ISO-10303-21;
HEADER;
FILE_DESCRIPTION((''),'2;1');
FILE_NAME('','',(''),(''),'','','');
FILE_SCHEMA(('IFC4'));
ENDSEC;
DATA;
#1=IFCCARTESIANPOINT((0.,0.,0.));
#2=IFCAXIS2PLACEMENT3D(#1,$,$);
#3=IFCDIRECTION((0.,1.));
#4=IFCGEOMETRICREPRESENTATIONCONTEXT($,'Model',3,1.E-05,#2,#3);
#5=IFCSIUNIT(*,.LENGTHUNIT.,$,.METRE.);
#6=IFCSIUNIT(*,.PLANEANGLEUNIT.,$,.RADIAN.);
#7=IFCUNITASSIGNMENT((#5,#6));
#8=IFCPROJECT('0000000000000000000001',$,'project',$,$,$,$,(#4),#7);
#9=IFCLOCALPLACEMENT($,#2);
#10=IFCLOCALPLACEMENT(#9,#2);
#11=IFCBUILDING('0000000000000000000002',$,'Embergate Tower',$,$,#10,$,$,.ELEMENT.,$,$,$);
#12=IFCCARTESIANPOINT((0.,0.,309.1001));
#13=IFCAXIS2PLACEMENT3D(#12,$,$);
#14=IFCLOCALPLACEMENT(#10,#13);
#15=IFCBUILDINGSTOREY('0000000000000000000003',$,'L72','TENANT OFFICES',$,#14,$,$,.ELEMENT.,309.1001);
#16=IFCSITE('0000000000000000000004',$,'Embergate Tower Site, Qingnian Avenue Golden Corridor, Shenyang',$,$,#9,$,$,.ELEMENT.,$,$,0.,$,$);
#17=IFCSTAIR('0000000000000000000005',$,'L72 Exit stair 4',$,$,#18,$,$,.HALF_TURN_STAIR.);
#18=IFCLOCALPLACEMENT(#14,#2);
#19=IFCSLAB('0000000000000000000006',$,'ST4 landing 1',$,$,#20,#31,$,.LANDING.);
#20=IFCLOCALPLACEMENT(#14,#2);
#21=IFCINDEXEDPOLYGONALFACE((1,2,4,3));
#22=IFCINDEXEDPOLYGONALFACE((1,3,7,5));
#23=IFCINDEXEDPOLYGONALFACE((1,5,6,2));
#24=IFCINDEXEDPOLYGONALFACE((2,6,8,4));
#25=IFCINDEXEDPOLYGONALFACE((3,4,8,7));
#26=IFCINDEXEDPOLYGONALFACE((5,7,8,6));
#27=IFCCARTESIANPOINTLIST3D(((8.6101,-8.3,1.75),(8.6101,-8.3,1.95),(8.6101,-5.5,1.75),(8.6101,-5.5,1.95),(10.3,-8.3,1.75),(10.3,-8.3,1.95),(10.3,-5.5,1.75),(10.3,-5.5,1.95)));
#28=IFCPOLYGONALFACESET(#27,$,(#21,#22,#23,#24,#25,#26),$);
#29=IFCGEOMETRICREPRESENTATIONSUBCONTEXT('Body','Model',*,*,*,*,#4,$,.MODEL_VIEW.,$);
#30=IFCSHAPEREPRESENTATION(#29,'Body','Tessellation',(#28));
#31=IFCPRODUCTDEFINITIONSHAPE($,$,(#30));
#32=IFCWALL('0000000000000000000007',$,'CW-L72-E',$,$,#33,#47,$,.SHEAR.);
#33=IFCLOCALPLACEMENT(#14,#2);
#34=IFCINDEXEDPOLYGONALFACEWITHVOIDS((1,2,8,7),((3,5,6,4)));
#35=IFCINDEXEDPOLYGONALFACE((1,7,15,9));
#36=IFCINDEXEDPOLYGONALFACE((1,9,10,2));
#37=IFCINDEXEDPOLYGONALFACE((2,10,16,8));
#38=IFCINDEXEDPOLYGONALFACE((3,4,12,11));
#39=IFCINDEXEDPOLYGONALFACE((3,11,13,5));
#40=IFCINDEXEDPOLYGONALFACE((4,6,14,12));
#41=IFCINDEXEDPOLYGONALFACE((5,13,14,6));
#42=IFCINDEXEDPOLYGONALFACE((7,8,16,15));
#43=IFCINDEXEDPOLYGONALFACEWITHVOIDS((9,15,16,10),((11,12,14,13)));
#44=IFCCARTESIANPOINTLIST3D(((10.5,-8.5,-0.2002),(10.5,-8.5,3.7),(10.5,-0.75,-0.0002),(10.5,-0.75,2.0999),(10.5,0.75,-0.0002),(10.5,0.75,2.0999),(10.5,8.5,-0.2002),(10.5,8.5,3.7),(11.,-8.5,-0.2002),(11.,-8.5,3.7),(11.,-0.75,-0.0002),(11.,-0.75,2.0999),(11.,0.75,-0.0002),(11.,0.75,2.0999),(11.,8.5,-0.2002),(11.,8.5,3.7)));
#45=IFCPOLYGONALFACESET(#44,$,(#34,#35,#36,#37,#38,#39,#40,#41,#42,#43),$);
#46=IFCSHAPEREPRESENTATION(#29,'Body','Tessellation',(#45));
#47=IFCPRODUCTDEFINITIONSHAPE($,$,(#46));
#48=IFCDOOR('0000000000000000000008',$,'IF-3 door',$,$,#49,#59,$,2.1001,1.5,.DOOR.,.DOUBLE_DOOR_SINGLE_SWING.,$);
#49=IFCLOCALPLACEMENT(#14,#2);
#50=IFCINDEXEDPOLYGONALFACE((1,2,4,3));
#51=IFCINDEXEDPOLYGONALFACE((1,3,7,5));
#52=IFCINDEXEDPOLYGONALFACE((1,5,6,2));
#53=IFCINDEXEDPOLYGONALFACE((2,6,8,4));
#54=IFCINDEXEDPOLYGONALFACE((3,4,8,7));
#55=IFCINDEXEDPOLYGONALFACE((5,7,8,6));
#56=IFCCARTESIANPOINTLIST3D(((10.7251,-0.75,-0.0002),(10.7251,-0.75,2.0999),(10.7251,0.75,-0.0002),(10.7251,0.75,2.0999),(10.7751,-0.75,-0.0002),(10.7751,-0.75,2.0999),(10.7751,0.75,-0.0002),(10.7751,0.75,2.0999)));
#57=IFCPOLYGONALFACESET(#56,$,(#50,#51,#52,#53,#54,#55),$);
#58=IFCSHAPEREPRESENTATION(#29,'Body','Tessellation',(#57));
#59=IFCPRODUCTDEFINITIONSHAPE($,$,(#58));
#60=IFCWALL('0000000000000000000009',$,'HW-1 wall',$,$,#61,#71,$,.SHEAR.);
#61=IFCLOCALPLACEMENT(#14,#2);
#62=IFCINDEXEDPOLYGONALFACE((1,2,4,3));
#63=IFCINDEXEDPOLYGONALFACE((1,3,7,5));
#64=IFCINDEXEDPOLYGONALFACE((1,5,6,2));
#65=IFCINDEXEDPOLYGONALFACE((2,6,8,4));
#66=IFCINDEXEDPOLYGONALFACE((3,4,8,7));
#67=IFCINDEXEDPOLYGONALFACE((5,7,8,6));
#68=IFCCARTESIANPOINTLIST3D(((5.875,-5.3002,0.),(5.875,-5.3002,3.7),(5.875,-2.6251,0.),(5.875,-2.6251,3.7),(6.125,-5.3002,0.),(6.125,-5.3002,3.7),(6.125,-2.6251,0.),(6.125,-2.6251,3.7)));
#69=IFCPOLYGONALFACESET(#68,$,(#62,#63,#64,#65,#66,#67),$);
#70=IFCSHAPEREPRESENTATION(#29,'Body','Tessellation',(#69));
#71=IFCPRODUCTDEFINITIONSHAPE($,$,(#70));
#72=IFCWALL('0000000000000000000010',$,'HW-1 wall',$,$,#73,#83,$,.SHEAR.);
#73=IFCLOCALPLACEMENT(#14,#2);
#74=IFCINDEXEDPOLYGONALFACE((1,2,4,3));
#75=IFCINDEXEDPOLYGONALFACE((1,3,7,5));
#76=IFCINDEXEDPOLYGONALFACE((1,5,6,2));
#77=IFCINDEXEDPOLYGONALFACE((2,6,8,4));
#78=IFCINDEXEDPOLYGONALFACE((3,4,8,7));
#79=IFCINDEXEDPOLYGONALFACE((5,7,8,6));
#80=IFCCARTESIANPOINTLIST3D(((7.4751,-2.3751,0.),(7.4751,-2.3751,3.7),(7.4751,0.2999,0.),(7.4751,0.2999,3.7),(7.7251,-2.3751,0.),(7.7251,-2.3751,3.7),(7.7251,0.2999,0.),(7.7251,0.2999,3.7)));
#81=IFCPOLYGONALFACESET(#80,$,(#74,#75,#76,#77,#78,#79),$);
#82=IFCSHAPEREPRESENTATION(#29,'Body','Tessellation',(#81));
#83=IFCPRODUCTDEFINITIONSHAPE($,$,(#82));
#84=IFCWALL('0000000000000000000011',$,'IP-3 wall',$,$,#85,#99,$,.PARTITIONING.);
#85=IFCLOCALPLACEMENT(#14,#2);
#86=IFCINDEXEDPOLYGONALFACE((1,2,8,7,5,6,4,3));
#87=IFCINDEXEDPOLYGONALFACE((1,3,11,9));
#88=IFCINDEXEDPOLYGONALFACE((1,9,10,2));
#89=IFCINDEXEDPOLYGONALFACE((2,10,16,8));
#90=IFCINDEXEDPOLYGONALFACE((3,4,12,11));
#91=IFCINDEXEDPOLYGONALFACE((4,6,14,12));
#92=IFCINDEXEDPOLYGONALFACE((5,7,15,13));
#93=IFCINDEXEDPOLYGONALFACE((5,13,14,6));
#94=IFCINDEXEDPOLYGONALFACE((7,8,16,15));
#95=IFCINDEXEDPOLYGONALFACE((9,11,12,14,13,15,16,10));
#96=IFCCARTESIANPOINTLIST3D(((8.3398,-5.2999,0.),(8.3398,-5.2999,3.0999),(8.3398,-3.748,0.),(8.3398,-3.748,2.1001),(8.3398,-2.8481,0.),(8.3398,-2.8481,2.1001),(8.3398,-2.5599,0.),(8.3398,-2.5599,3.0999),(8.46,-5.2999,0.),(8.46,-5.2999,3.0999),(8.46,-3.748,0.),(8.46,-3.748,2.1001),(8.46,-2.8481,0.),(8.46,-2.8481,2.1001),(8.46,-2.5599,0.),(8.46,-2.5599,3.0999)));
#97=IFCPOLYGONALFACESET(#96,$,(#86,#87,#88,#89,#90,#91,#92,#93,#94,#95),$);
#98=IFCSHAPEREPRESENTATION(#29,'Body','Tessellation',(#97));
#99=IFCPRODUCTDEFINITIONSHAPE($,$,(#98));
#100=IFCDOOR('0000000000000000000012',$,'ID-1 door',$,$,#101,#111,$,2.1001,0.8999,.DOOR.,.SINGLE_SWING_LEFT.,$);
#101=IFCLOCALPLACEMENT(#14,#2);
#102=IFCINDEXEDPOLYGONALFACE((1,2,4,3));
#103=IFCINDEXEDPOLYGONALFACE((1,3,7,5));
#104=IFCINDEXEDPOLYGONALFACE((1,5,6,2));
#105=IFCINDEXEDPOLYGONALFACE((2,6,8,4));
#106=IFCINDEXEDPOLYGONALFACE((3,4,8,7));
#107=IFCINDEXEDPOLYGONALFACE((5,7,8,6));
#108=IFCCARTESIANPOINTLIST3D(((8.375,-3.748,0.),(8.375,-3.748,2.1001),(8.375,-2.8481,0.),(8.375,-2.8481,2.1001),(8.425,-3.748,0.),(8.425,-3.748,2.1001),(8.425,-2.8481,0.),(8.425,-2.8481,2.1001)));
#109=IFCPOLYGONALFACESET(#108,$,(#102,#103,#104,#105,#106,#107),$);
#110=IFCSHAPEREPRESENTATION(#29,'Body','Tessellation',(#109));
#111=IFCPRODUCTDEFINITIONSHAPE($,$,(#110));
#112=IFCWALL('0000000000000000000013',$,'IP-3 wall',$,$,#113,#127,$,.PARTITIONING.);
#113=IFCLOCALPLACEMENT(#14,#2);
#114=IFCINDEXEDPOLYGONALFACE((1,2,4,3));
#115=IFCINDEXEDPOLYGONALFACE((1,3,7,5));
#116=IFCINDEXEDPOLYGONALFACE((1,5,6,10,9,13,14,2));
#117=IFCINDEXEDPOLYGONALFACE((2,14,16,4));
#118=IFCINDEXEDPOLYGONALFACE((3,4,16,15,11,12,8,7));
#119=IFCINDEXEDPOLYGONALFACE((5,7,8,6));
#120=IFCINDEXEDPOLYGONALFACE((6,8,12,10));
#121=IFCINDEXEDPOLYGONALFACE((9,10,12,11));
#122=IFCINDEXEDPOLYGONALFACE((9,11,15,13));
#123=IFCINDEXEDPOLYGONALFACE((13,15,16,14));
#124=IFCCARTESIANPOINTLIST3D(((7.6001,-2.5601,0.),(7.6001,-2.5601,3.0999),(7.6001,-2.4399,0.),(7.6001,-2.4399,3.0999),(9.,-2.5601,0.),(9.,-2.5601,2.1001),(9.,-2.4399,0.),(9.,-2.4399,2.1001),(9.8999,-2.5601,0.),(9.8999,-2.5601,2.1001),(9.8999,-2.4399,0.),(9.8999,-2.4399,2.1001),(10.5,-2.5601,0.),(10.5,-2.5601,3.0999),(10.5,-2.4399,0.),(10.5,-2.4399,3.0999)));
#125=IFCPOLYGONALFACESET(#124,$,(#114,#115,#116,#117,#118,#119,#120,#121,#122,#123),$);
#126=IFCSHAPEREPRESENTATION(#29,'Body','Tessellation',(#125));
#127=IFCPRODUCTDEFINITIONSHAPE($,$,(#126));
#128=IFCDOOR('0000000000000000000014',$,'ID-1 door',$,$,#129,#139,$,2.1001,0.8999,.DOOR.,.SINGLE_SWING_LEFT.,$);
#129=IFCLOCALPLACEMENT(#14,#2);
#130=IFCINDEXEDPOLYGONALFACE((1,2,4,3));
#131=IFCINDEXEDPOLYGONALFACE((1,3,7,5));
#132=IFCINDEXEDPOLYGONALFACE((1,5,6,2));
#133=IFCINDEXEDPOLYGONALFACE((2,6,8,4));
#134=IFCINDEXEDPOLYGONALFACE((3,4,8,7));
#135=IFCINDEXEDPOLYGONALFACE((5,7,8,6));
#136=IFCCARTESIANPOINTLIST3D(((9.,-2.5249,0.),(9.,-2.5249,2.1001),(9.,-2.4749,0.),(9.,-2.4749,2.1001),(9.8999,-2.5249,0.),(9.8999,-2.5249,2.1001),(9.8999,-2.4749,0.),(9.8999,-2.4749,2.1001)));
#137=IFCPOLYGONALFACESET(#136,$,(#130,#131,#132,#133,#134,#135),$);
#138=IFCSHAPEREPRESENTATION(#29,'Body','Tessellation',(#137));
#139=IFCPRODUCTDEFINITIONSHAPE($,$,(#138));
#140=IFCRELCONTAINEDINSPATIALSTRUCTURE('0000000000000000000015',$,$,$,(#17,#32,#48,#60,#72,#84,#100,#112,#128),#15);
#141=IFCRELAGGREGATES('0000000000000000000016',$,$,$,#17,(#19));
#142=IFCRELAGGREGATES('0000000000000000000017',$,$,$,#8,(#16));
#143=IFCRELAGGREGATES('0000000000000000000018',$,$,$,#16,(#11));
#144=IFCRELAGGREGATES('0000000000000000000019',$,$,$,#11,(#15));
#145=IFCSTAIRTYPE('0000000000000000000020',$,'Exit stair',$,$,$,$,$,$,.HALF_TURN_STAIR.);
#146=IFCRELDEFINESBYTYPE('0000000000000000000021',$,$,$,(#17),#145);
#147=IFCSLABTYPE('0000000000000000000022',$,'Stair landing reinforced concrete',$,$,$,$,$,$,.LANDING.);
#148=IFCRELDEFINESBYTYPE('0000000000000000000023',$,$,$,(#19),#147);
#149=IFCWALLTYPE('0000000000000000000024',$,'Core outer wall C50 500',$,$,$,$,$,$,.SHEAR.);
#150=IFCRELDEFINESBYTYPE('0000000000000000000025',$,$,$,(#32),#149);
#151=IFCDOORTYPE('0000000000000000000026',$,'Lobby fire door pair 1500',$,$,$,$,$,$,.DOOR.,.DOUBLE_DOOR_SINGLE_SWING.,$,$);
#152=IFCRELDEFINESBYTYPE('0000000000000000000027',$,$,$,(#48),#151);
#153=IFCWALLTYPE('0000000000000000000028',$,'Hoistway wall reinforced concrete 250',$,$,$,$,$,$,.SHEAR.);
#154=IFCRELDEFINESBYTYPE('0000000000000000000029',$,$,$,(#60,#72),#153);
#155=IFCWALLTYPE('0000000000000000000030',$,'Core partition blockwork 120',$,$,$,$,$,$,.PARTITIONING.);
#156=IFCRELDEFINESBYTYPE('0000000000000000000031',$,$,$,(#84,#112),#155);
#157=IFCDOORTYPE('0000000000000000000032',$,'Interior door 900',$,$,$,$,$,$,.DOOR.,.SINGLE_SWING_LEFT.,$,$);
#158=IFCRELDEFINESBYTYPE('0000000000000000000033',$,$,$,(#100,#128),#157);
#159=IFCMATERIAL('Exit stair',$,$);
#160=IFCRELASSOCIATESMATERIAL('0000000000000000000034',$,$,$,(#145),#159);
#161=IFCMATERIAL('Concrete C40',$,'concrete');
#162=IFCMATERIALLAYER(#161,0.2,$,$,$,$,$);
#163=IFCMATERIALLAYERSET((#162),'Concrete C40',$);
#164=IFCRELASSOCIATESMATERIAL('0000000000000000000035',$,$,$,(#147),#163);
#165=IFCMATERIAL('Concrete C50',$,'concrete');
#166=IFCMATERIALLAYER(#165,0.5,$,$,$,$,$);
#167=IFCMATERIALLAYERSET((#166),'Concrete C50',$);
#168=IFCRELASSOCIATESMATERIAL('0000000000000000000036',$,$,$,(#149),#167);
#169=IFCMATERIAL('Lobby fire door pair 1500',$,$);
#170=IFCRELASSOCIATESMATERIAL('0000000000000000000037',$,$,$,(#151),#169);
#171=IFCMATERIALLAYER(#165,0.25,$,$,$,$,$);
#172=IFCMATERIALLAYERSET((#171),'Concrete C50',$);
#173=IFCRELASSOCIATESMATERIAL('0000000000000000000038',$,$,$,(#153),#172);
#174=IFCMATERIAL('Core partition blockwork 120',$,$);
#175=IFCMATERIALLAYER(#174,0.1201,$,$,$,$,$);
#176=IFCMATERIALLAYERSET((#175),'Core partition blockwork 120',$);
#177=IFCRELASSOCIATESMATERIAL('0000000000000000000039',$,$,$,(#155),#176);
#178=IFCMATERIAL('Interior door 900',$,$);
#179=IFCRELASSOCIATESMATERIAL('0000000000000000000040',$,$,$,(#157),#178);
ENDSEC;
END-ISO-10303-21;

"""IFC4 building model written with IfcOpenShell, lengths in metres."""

from ifc_helpers import new_model, si_unit, direction, frame, frame_2d, origin, place, context, subcontext, project, spatial, polyline, rectangle, outline, extrude, source, transform, mapped, material, layer, layer_set, type_object, element, fill, aggregate, save


model = new_model("IFC4")

# Units and contexts
model_context = context("Model", 3, precision=1e-05, world=origin(), true_north=direction((0.0, 1.0)))
body_context = subcontext(model_context, "Body", "Model", "MODEL_VIEW")
ifc_project = project(units=[si_unit("LENGTHUNIT", "METRE"), si_unit("PLANEANGLEUNIT", "RADIAN")], contexts=[model_context])

# Site, building, storey
site_placement = place(None, origin())
site = spatial("IfcSite", under=ifc_project, at=site_placement, Name="Embergate Tower Site, Qingnian Avenue Golden Corridor, Shenyang", CompositionType="ELEMENT", RefElevation=0.0)
building_placement = place(site_placement, origin())
building = spatial("IfcBuilding", under=site, at=building_placement, Name="Embergate Tower", CompositionType="ELEMENT")
storey_placement = place(building_placement, frame((0.0, 0.0, 309.1001)))
storey = spatial("IfcBuildingStorey", under=building, at=storey_placement, Name="L72", Description="TENANT OFFICES", CompositionType="ELEMENT", Elevation=309.1001)

# Stair, slab
ifc_material_1 = material(Name="Exit stair")
stair_type = type_object("IfcStairType", Name="Exit stair", PredefinedType="HALF_TURN_STAIR", material=ifc_material_1)
stair_placement = place(storey_placement, origin())
stair = element("IfcStair", 1, at=stair_placement, inside=storey, type_object=stair_type, Name="L72 Exit stair 4", PredefinedType="HALF_TURN_STAIR")
ifc_material_2 = material(Name="Concrete C40", Category="concrete")
ifc_layer_1 = layer(ifc_material_2, 0.2)
ifc_layer_set_1 = layer_set([ifc_layer_1], Name="Concrete C40")
slab_type = type_object("IfcSlabType", Name="Stair landing reinforced concrete", PredefinedType="LANDING", material=ifc_layer_set_1)
shared_shape_1 = source(origin(), body_context, "Body", "SweptSolid", [
    extrude(outline(polyline([(0.0, 0.0), (1.6899, 0.0), (1.6899, 2.8), (0.0, 2.8), (0.0, 0.0)])), origin(), (0.0, 0.0, 1.0), 0.2),
])
slab_placement = place(storey_placement, frame((8.6101, -8.3, 1.75)))
slab = element("IfcSlab", 2, at=slab_placement, type_object=slab_type, Name="ST4 landing 1", PredefinedType="LANDING", context=body_context, shape_type="MappedRepresentation", body=[
    mapped(shared_shape_1, transform((0.0, 0.0, 0.0))),
])

# Wall, opening, door
ifc_material_3 = material(Name="Concrete C50", Category="concrete")
ifc_layer_2 = layer(ifc_material_3, 0.5)
ifc_layer_set_2 = layer_set([ifc_layer_2], Name="Concrete C50")
wall_type_1 = type_object("IfcWallType", Name="Core outer wall C50 500", PredefinedType="SHEAR", material=ifc_layer_set_2)
shared_shape_2 = source(origin(), body_context, "Body", "SweptSolid", [
    extrude(rectangle(XDim=17.0, YDim=0.5, at=frame_2d((8.5, 0.0))), origin(), (0.0, 0.0, 1.0), 3.9001),
])
wall_1_placement = place(storey_placement, frame((10.75, -8.5, -0.2002), z_axis=(0.0, 0.0, 1.0), x_axis=(0.0, 1.0, 0.0)))
wall_1 = element("IfcWall", 3, at=wall_1_placement, inside=storey, type_object=wall_type_1, Name="CW-L72-E", PredefinedType="SHEAR", context=body_context, shape_type="MappedRepresentation", body=[
    mapped(shared_shape_2, transform((0.0, 0.0, 0.0))),
])
shared_shape_3 = source(origin(), body_context, "Body", "SweptSolid", [
    extrude(rectangle(XDim=1.5, YDim=2.1001, at=frame_2d((0.75, 1.05))), frame((0.0, 0.26, 0.0), z_axis=(0.0, -1.0, 0.0), x_axis=(1.0, 0.0, 0.0)), (0.0, 0.0, 1.0), 0.52),
])
opening_1_placement = place(wall_1_placement, frame((7.75, 0.0, 0.2)))
opening_1 = element("IfcOpeningElement", 4, at=opening_1_placement, cuts=wall_1, PredefinedType="OPENING", context=body_context, shape_type="MappedRepresentation", body=[
    mapped(shared_shape_3, transform((0.0, 0.0, 0.0))),
])
ifc_material_4 = material(Name="Lobby fire door pair 1500")
door_type_1 = type_object("IfcDoorType", Name="Lobby fire door pair 1500", OperationType="DOUBLE_DOOR_SINGLE_SWING", PredefinedType="DOOR", material=ifc_material_4)
shared_shape_4 = source(origin(), body_context, "Body", "SweptSolid", [
    extrude(rectangle(XDim=1.5, YDim=2.1001, at=frame_2d((0.75, 1.05))), frame((0.0, 0.0249, 0.0), z_axis=(0.0, -1.0, 0.0), x_axis=(1.0, 0.0, 0.0)), (0.0, 0.0, 1.0), 0.05),
])
door_1_placement = place(opening_1_placement, origin())
door_1 = element("IfcDoor", 5, at=door_1_placement, inside=storey, type_object=door_type_1, Name="IF-3 door", OperationType="DOUBLE_DOOR_SINGLE_SWING", OverallHeight=2.1001, OverallWidth=1.5, PredefinedType="DOOR", context=body_context, shape_type="MappedRepresentation", body=[
    mapped(shared_shape_4, transform((0.0, 0.0, 0.0))),
])
fill(opening_1, door_1)

# Walls
ifc_layer_3 = layer(ifc_material_3, 0.25)
ifc_layer_set_3 = layer_set([ifc_layer_3], Name="Concrete C50")
wall_type_2 = type_object("IfcWallType", Name="Hoistway wall reinforced concrete 250", PredefinedType="SHEAR", material=ifc_layer_set_3)
shared_shape_5 = source(origin(), body_context, "Body", "SweptSolid", [
    extrude(rectangle(XDim=2.675, YDim=0.25, at=frame_2d((1.3374, 0.0))), origin(), (0.0, 0.0, 1.0), 3.7),
])
for number, where, z_axis, x_axis, name in (
    (6, (6.0, -5.3, 0.0), (0.0, 0.0, 1.0), (0.0, 1.0, 0.0), "HW-1 wall"),
    (7, (7.6001, -2.375, 0.0), (0.0, 0.0, 1.0), (0.0, 1.0, 0.0), "HW-1 wall"),
):
    element("IfcWall", number, at=place(storey_placement, frame(where, z_axis=z_axis, x_axis=x_axis)), inside=storey, type_object=wall_type_2, Name=name, PredefinedType="SHEAR", context=body_context, shape_type="MappedRepresentation", body=[
        mapped(shared_shape_5, transform((0.0, 0.0, 0.0))),
    ])

# Walls, openings, doors
ifc_material_5 = material(Name="Core partition blockwork 120")
ifc_layer_4 = layer(ifc_material_5, 0.1201)
ifc_layer_set_4 = layer_set([ifc_layer_4], Name="Core partition blockwork 120")
wall_type_3 = type_object("IfcWallType", Name="Core partition blockwork 120", PredefinedType="PARTITIONING", material=ifc_layer_set_4)
shared_shape_6 = source(origin(), body_context, "Body", "SweptSolid", [
    extrude(rectangle(XDim=2.74, YDim=0.1201, at=frame_2d((1.3701, 0.0))), origin(), (0.0, 0.0, 1.0), 3.0999),
])
wall_2_placement = place(storey_placement, frame((8.3999, -5.3, 0.0), z_axis=(0.0, 0.0, 1.0), x_axis=(0.0, 1.0, 0.0)))
wall_2 = element("IfcWall", 8, at=wall_2_placement, inside=storey, type_object=wall_type_3, Name="IP-3 wall", PredefinedType="PARTITIONING", context=body_context, shape_type="MappedRepresentation", body=[
    mapped(shared_shape_6, transform((0.0, 0.0, 0.0))),
])
shared_shape_7 = source(origin(), body_context, "Body", "SweptSolid", [
    extrude(rectangle(XDim=0.8999, YDim=2.1001, at=frame_2d((0.45, 1.05))), frame((0.0, 0.0701, 0.0), z_axis=(0.0, -1.0, 0.0), x_axis=(1.0, 0.0, 0.0)), (0.0, 0.0, 1.0), 0.1401),
])
opening_2_placement = place(wall_2_placement, frame((1.552, 0.0, 0.0)))
opening_2 = element("IfcOpeningElement", 9, at=opening_2_placement, cuts=wall_2, PredefinedType="OPENING", context=body_context, shape_type="MappedRepresentation", body=[
    mapped(shared_shape_7, transform((0.0, 0.0, 0.0))),
])
ifc_material_6 = material(Name="Interior door 900")
door_type_2 = type_object("IfcDoorType", Name="Interior door 900", OperationType="SINGLE_SWING_LEFT", PredefinedType="DOOR", material=ifc_material_6)
shared_shape_8 = source(origin(), body_context, "Body", "SweptSolid", [
    extrude(rectangle(XDim=0.8999, YDim=2.1001, at=frame_2d((0.45, 1.05))), frame((0.0, 0.0249, 0.0), z_axis=(0.0, -1.0, 0.0), x_axis=(1.0, 0.0, 0.0)), (0.0, 0.0, 1.0), 0.05),
])
door_2_placement = place(opening_2_placement, origin())
door_2 = element("IfcDoor", 10, at=door_2_placement, inside=storey, type_object=door_type_2, Name="ID-1 door", OperationType="SINGLE_SWING_LEFT", OverallHeight=2.1001, OverallWidth=0.8999, PredefinedType="DOOR", context=body_context, shape_type="MappedRepresentation", body=[
    mapped(shared_shape_8, transform((0.0, 0.0, 0.0))),
])
fill(opening_2, door_2)
shared_shape_9 = source(origin(), body_context, "Body", "SweptSolid", [
    extrude(rectangle(XDim=2.8999, YDim=0.1201, at=frame_2d((1.45, 0.0))), origin(), (0.0, 0.0, 1.0), 3.0999),
])
wall_3_placement = place(storey_placement, frame((10.5, -2.5, 0.0), z_axis=(0.0, 0.0, 1.0), x_axis=(-1.0, 0.0, 0.0)))
wall_3 = element("IfcWall", 11, at=wall_3_placement, inside=storey, type_object=wall_type_3, Name="IP-3 wall", PredefinedType="PARTITIONING", context=body_context, shape_type="MappedRepresentation", body=[
    mapped(shared_shape_9, transform((0.0, 0.0, 0.0))),
])
opening_3_placement = place(wall_3_placement, frame((0.6001, 0.0, 0.0)))
opening_3 = element("IfcOpeningElement", 12, at=opening_3_placement, cuts=wall_3, PredefinedType="OPENING", context=body_context, shape_type="MappedRepresentation", body=[
    mapped(shared_shape_7, transform((0.0, 0.0, 0.0))),
])
door_3_placement = place(opening_3_placement, origin())
door_3 = element("IfcDoor", 13, at=door_3_placement, inside=storey, type_object=door_type_2, Name="ID-1 door", OperationType="SINGLE_SWING_LEFT", OverallHeight=2.1001, OverallWidth=0.8999, PredefinedType="DOOR", context=body_context, shape_type="MappedRepresentation", body=[
    mapped(shared_shape_8, transform((0.0, 0.0, 0.0))),
])
fill(opening_3, door_3)

aggregate(stair, [slab])

save(model, "model.ifc")
